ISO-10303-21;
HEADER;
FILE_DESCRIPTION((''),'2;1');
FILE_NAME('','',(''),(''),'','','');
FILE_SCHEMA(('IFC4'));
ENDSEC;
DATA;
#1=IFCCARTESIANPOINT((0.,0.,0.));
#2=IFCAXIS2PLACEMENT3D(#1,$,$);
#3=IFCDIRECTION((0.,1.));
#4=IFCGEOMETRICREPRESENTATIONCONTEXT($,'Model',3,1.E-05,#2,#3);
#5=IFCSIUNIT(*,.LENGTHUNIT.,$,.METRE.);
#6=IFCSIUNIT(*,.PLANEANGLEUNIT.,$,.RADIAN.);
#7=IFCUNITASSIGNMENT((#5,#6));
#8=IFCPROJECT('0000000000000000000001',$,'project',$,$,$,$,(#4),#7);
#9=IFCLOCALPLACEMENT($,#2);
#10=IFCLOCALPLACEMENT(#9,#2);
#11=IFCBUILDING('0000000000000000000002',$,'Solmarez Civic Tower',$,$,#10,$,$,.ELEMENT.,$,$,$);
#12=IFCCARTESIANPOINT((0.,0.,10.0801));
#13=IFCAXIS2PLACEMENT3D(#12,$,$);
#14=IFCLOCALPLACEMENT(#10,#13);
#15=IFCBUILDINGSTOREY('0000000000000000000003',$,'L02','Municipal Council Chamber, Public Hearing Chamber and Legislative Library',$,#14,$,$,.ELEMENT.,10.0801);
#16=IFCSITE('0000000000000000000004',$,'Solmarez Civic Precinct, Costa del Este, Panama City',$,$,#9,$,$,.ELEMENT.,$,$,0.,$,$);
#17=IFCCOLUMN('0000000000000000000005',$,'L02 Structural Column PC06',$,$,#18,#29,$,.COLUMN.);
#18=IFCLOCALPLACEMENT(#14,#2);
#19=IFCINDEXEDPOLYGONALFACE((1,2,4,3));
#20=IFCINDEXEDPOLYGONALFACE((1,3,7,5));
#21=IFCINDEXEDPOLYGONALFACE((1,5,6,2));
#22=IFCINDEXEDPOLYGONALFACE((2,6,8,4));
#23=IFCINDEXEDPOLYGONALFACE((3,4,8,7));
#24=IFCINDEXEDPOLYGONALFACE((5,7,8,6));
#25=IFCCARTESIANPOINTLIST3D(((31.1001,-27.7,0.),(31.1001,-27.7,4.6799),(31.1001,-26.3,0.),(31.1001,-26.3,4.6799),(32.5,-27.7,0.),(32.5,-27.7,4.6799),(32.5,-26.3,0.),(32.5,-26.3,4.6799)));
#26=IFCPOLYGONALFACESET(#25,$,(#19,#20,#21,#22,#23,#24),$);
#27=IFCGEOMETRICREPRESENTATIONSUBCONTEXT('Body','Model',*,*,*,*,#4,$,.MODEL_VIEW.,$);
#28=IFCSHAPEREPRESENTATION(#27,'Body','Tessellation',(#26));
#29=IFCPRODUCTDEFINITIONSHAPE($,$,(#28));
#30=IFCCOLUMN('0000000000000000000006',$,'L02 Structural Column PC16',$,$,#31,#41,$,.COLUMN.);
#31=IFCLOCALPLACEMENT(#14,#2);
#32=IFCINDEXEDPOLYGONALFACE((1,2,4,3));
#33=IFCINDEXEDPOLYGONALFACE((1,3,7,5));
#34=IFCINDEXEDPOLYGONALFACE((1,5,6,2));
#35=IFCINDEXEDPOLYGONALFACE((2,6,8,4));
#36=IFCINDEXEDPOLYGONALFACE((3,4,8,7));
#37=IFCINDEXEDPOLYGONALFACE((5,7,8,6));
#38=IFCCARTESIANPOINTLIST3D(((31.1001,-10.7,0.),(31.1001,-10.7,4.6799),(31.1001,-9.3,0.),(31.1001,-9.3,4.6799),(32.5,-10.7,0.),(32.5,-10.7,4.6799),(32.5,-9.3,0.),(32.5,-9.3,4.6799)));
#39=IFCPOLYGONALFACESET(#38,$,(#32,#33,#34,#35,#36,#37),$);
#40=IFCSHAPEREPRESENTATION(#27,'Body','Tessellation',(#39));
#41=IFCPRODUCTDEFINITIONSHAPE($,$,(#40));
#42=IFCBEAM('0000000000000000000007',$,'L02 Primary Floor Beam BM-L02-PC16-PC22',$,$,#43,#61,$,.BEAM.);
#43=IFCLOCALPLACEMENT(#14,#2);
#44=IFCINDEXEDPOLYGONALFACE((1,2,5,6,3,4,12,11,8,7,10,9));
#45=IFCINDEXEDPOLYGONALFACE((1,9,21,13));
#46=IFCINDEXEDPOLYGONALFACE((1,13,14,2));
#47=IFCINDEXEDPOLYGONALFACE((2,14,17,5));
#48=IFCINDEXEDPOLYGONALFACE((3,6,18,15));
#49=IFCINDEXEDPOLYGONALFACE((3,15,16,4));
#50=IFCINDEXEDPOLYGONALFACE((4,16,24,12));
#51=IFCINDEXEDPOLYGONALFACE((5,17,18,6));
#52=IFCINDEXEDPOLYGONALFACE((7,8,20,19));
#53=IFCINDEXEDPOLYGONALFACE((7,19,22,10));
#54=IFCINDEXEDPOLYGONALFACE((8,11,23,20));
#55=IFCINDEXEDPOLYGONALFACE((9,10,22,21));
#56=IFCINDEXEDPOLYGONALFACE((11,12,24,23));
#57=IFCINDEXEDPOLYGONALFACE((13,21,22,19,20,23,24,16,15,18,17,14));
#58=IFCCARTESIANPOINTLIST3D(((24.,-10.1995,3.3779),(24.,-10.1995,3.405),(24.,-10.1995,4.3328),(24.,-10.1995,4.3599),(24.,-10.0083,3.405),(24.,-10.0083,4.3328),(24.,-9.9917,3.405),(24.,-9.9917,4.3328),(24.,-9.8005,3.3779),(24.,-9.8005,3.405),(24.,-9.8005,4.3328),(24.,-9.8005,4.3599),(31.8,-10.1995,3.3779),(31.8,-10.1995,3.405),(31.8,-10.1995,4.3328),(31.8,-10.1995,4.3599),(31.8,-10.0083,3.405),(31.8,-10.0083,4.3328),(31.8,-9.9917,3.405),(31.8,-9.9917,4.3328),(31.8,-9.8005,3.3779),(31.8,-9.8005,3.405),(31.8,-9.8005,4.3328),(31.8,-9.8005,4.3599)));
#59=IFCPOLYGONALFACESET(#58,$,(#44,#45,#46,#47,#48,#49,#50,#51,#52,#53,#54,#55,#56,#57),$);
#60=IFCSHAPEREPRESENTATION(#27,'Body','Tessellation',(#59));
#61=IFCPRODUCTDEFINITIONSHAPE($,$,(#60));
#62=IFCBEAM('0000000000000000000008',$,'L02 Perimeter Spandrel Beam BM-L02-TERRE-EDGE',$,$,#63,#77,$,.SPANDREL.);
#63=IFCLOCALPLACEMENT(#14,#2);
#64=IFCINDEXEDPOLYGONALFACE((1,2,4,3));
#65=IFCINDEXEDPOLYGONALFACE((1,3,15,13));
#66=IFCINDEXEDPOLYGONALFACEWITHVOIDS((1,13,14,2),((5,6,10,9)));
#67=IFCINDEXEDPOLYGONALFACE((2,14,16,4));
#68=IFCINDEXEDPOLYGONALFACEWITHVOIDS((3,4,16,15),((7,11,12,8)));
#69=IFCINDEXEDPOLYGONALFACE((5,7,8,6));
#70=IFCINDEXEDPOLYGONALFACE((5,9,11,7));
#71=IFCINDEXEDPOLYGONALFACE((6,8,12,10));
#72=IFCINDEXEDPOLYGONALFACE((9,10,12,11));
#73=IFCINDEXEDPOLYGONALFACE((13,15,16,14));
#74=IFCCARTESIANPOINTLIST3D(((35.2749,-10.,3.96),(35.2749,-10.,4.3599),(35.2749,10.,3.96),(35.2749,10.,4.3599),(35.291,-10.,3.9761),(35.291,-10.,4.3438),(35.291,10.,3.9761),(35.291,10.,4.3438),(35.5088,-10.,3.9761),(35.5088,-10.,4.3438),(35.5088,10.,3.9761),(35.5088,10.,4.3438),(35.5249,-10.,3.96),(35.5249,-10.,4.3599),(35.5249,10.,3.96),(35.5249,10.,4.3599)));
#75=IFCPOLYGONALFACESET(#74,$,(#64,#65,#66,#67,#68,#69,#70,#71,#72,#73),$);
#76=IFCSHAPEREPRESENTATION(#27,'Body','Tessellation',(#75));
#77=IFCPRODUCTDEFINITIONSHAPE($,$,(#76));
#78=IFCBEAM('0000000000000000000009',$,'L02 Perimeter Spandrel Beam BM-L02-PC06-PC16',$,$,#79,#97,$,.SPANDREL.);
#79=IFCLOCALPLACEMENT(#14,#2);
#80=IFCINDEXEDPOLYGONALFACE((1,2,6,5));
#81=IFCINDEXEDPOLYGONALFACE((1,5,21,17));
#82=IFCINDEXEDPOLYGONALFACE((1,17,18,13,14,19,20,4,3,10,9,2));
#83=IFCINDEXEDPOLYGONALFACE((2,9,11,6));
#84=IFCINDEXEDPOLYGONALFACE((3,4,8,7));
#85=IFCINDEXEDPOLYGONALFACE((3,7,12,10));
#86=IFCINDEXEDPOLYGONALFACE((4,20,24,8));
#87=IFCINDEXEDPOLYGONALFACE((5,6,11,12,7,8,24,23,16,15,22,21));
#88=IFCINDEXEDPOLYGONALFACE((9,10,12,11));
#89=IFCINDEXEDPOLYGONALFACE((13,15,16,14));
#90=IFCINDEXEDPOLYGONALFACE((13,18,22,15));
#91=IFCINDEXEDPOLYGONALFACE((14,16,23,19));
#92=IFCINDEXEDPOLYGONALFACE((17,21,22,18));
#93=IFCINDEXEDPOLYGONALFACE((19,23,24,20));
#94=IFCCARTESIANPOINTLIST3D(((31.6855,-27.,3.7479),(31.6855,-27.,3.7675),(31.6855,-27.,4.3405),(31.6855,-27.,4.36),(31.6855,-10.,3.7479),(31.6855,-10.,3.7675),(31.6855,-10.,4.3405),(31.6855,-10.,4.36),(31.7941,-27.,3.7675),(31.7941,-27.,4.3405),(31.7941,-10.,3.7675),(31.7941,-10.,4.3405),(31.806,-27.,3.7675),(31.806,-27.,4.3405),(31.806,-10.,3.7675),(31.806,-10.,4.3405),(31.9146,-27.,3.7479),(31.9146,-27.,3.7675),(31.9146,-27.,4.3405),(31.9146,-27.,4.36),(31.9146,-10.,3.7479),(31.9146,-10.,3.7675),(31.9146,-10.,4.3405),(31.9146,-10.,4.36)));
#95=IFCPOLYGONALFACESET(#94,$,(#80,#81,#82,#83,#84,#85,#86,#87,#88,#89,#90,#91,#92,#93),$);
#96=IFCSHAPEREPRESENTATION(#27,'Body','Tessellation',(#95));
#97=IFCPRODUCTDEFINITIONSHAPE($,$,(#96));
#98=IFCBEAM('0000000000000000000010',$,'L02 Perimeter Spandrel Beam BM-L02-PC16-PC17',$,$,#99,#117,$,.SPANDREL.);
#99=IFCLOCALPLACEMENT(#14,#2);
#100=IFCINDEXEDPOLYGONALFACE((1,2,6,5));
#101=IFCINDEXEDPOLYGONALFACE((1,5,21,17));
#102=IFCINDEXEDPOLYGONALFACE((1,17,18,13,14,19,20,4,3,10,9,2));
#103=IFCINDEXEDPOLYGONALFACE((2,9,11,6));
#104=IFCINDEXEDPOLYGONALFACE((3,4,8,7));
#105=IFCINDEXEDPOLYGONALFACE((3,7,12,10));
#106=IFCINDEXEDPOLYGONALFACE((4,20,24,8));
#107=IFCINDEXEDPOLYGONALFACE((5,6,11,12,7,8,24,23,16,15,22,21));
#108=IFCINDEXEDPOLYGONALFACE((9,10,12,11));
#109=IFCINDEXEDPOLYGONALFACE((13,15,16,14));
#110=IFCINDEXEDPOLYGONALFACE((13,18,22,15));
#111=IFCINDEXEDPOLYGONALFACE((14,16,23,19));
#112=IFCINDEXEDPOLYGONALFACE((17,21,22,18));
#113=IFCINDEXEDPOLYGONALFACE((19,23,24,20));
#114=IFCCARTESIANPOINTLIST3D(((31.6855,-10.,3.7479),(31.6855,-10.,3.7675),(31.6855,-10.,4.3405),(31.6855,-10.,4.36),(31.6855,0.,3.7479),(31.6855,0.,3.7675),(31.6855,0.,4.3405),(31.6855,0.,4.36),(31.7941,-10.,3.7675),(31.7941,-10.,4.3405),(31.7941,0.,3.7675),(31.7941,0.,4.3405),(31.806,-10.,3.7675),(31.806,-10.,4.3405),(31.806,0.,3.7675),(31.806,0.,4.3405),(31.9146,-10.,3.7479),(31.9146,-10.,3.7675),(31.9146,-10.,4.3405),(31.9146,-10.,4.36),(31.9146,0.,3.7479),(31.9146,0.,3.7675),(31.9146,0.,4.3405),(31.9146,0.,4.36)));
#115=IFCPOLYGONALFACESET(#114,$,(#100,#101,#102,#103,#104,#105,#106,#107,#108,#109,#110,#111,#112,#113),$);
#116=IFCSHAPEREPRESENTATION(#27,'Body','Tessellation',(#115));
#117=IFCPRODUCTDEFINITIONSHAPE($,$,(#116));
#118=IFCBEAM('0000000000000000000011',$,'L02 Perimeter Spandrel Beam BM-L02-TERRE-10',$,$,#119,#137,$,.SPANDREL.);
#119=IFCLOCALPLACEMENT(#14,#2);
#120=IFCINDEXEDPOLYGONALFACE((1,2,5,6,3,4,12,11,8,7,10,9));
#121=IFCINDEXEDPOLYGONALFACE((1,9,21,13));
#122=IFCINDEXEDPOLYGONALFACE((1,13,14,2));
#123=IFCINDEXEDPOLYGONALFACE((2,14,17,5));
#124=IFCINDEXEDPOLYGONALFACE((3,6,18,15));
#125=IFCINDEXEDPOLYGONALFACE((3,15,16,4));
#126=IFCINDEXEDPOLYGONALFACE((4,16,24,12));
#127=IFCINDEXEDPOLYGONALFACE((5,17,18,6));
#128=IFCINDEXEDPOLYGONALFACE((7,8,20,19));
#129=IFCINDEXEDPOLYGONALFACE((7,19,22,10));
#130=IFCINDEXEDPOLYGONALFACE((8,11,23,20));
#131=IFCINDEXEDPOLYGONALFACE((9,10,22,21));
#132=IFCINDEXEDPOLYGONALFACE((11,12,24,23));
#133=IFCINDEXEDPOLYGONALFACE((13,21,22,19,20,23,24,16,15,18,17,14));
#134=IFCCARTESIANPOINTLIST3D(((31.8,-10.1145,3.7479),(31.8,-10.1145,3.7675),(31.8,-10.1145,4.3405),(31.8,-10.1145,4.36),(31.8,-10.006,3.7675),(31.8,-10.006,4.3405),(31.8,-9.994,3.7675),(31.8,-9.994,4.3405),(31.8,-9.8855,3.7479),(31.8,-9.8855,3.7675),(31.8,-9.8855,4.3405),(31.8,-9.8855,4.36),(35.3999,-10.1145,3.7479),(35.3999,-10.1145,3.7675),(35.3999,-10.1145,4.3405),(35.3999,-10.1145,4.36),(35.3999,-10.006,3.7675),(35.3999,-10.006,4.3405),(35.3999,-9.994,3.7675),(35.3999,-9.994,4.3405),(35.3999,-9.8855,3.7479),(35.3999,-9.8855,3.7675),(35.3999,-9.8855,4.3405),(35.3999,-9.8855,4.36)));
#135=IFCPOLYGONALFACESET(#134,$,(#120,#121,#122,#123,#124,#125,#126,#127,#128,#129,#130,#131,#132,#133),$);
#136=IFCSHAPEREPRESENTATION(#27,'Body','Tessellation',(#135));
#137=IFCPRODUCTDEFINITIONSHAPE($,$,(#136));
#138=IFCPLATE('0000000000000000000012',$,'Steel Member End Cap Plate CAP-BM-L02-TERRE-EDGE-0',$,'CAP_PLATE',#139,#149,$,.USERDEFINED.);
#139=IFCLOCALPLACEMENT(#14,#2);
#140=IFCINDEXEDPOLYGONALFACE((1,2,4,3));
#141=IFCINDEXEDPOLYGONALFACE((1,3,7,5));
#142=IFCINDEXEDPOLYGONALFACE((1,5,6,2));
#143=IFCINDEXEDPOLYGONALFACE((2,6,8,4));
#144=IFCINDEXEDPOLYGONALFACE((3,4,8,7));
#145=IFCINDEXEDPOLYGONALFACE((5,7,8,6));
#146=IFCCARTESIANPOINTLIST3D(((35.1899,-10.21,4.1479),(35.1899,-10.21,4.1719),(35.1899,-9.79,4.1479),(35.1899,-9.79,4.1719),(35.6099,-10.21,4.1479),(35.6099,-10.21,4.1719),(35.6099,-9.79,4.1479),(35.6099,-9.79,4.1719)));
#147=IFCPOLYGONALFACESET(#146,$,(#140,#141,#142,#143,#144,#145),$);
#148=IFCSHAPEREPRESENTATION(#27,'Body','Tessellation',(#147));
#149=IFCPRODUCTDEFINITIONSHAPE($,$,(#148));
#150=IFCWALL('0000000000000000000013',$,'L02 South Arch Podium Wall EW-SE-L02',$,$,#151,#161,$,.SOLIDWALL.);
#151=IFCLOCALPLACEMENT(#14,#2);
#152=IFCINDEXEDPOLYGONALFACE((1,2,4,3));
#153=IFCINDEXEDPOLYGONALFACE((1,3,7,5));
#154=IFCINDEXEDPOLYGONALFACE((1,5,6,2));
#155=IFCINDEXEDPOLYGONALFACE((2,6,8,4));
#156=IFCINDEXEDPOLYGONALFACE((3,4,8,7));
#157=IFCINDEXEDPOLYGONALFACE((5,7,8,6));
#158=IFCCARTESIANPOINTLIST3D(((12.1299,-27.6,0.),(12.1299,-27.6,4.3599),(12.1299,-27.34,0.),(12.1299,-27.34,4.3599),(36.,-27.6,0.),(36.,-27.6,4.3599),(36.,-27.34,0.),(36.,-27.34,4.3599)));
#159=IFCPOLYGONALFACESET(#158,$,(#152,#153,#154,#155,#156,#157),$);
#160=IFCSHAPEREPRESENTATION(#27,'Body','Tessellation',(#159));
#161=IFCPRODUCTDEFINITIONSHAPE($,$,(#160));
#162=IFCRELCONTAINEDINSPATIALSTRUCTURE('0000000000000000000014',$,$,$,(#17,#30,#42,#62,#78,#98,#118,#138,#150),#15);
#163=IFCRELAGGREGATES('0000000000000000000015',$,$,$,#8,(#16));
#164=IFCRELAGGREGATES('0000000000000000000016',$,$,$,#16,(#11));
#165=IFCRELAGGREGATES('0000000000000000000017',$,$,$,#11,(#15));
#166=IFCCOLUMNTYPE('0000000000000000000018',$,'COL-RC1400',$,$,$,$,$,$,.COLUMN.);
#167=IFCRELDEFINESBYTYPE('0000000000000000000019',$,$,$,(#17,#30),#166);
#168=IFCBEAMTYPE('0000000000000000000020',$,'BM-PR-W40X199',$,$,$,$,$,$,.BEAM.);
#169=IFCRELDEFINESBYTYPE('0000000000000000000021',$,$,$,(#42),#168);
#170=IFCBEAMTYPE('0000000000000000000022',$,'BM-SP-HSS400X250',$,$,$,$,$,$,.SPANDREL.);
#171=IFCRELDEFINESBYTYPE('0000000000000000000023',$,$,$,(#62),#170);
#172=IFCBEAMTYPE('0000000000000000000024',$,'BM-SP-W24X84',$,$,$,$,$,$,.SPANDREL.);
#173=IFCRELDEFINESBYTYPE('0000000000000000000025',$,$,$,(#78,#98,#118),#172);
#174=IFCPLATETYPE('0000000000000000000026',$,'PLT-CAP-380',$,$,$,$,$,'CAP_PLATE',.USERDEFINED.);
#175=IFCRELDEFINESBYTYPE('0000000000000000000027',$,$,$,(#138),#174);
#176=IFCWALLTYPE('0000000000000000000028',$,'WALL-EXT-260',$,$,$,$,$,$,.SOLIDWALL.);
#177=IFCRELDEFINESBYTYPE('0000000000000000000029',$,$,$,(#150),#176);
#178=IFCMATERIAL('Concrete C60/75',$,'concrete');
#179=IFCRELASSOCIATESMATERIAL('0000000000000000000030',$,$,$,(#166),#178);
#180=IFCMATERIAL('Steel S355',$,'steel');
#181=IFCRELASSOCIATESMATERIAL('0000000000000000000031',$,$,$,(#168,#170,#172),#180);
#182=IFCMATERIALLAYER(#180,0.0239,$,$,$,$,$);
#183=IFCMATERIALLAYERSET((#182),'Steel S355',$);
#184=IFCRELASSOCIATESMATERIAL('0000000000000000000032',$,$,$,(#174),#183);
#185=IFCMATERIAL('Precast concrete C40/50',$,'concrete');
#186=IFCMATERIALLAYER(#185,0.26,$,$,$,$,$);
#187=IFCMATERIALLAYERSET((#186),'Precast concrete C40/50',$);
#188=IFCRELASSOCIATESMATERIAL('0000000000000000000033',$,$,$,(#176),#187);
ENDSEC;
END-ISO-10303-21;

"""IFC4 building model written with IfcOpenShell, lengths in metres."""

from ifc_helpers import new_model, si_unit, direction, frame, frame_2d, origin, origin_2d, place, context, subcontext, project, spatial, rectangle, hollow_rectangle, i_section, extrude, material, layer, layer_set, material_profile, profile_set, type_object, element, save


model = new_model("IFC4")

# Units and contexts
model_context = context("Model", 3, precision=1e-05, world=origin(), true_north=direction((0.0, 1.0)))
body_context = subcontext(model_context, "Body", "Model", "MODEL_VIEW")
ifc_project = project(units=[si_unit("LENGTHUNIT", "METRE"), si_unit("PLANEANGLEUNIT", "RADIAN")], contexts=[model_context])

# Site, building, storey
site_placement = place(None, origin())
site = spatial("IfcSite", under=ifc_project, at=site_placement, Name="Solmarez Civic Precinct, Costa del Este, Panama City", CompositionType="ELEMENT", RefElevation=0.0)
building_placement = place(site_placement, origin())
building = spatial("IfcBuilding", under=site, at=building_placement, Name="Solmarez Civic Tower", CompositionType="ELEMENT")
storey_placement = place(building_placement, frame((0.0, 0.0, 10.0801)))
storey = spatial("IfcBuildingStorey", under=building, at=storey_placement, Name="L02", Description="Municipal Council Chamber, Public Hearing Chamber and Legislative Library", CompositionType="ELEMENT", Elevation=10.0801)

# Columns
ifc_material_1 = material(Name="Concrete C60/75", Category="concrete")
ifc_material_profile_1 = material_profile(ifc_material_1, rectangle(XDim=1.3999, YDim=1.3999, at=origin_2d()), Name="RC1400X1400")
ifc_profile_set_1 = profile_set([ifc_material_profile_1], Name="Concrete C60/75")
column_type = type_object("IfcColumnType", Name="COL-RC1400", PredefinedType="COLUMN", material=ifc_profile_set_1)
for number, where, z_axis, x_axis, name in (
    (1, (31.8, -27.0, 0.0), (0.0, 0.0, 1.0), (1.0, 0.0, 0.0), "L02 Structural Column PC06"),
    (2, (31.8, -10.0, 0.0), (0.0, 0.0, 1.0), (1.0, 0.0, 0.0), "L02 Structural Column PC16"),
):
    element("IfcColumn", number, at=place(storey_placement, frame(where, z_axis=z_axis, x_axis=x_axis)), inside=storey, type_object=column_type, Name=name, PredefinedType="COLUMN", context=body_context, shape_type="SweptSolid", body=[
        extrude(rectangle(XDim=1.3999, YDim=1.3999, at=origin_2d()), origin(), (0.0, 0.0, 1.0), 4.6799),
    ])

# Beams
ifc_material_2 = material(Name="Steel S355", Category="steel")
ifc_material_profile_2 = material_profile(ifc_material_2, i_section(OverallWidth=0.3989, OverallDepth=0.9819, WebThickness=0.0166, FlangeThickness=0.0271, at=origin_2d()), Name="W40X199")
ifc_profile_set_2 = profile_set([ifc_material_profile_2], Name="Steel S355")
beam_type_1 = type_object("IfcBeamType", Name="BM-PR-W40X199", PredefinedType="BEAM", material=ifc_profile_set_2)
beam_1_placement = place(storey_placement, frame((31.8, -10.0, 3.8689), z_axis=(-1.0, 0.0, 0.0), x_axis=(0.0, -1.0, 0.0)))
element("IfcBeam", 3, at=beam_1_placement, inside=storey, type_object=beam_type_1, Name="L02 Primary Floor Beam BM-L02-PC16-PC22", PredefinedType="BEAM", context=body_context, shape_type="SweptSolid", body=[
    extrude(i_section(OverallWidth=0.3989, OverallDepth=0.9819, WebThickness=0.0166, FlangeThickness=0.0271, at=origin_2d()), origin(), (0.0, 0.0, 1.0), 7.8),
])
ifc_material_profile_3 = material_profile(ifc_material_2, hollow_rectangle(XDim=0.25, YDim=0.3999, WallThickness=0.0161, at=origin_2d()), Name="HSS400X250X16")
ifc_profile_set_3 = profile_set([ifc_material_profile_3], Name="Steel S355")
beam_type_2 = type_object("IfcBeamType", Name="BM-SP-HSS400X250", PredefinedType="SPANDREL", material=ifc_profile_set_3)
beam_2_placement = place(storey_placement, frame((35.3999, -10.0, 4.1599), z_axis=(0.0, 1.0, 0.0), x_axis=(-1.0, 0.0, 0.0)))
element("IfcBeam", 4, at=beam_2_placement, inside=storey, type_object=beam_type_2, Name="L02 Perimeter Spandrel Beam BM-L02-TERRE-EDGE", PredefinedType="SPANDREL", context=body_context, shape_type="SweptSolid", body=[
    extrude(hollow_rectangle(XDim=0.25, YDim=0.3999, WallThickness=0.0161, at=origin_2d()), origin(), (0.0, 0.0, 1.0), 20.0),
])
ifc_material_profile_4 = material_profile(ifc_material_2, i_section(OverallWidth=0.229, OverallDepth=0.6121, WebThickness=0.012, FlangeThickness=0.0195, at=origin_2d()), Name="W24X84")
ifc_profile_set_4 = profile_set([ifc_material_profile_4], Name="Steel S355")
beam_type_3 = type_object("IfcBeamType", Name="BM-SP-W24X84", PredefinedType="SPANDREL", material=ifc_profile_set_4)
beam_3_placement = place(storey_placement, frame((31.8, -27.0, 4.054), z_axis=(0.0, 1.0, 0.0), x_axis=(-1.0, 0.0, 0.0)))
element("IfcBeam", 5, at=beam_3_placement, inside=storey, type_object=beam_type_3, Name="L02 Perimeter Spandrel Beam BM-L02-PC06-PC16", PredefinedType="SPANDREL", context=body_context, shape_type="SweptSolid", body=[
    extrude(i_section(OverallWidth=0.229, OverallDepth=0.6121, WebThickness=0.012, FlangeThickness=0.0195, at=origin_2d()), origin(), (0.0, 0.0, 1.0), 17.0),
])
beam_4_placement = place(storey_placement, frame((31.8, -10.0, 4.054), z_axis=(0.0, 1.0, 0.0), x_axis=(-1.0, 0.0, 0.0)))
element("IfcBeam", 6, at=beam_4_placement, inside=storey, type_object=beam_type_3, Name="L02 Perimeter Spandrel Beam BM-L02-PC16-PC17", PredefinedType="SPANDREL", context=body_context, shape_type="SweptSolid", body=[
    extrude(i_section(OverallWidth=0.229, OverallDepth=0.6121, WebThickness=0.012, FlangeThickness=0.0195, at=origin_2d()), origin(), (0.0, 0.0, 1.0), 10.0),
])
beam_5_placement = place(storey_placement, frame((31.8, -10.0, 4.054), z_axis=(1.0, 0.0, 0.0), x_axis=(0.0, 1.0, 0.0)))
element("IfcBeam", 7, at=beam_5_placement, inside=storey, type_object=beam_type_3, Name="L02 Perimeter Spandrel Beam BM-L02-TERRE-10", PredefinedType="SPANDREL", context=body_context, shape_type="SweptSolid", body=[
    extrude(i_section(OverallWidth=0.229, OverallDepth=0.6121, WebThickness=0.012, FlangeThickness=0.0195, at=origin_2d()), origin(), (0.0, 0.0, 1.0), 3.5999),
])

# Plate
ifc_layer_1 = layer(ifc_material_2, 0.0239)
ifc_layer_set_1 = layer_set([ifc_layer_1], Name="Steel S355")
plate_type = type_object("IfcPlateType", Name="PLT-CAP-380", ElementType="CAP_PLATE", PredefinedType="USERDEFINED", material=ifc_layer_set_1)
plate_placement = place(storey_placement, frame((35.3999, -10.0, 4.1479), z_axis=(0.0, 0.0, 1.0), x_axis=(1.0, 0.0, 0.0)))
element("IfcPlate", 8, at=plate_placement, inside=storey, type_object=plate_type, Name="Steel Member End Cap Plate CAP-BM-L02-TERRE-EDGE-0", ObjectType="CAP_PLATE", PredefinedType="USERDEFINED", context=body_context, shape_type="SweptSolid", body=[
    extrude(rectangle(XDim=0.4199, YDim=0.4199, at=origin_2d()), origin(), (0.0, 0.0, 1.0), 0.0239),
])

# Wall
ifc_material_3 = material(Name="Precast concrete C40/50", Category="concrete")
ifc_layer_2 = layer(ifc_material_3, 0.26)
ifc_layer_set_2 = layer_set([ifc_layer_2], Name="Precast concrete C40/50")
wall_type_1 = type_object("IfcWallType", Name="WALL-EXT-260", PredefinedType="SOLIDWALL", material=ifc_layer_set_2)
wall_1_placement = place(storey_placement, frame((36.0, -27.47, 0.0), z_axis=(0.0, 0.0, 1.0), x_axis=(-1.0, 0.0, 0.0)))
element("IfcWall", 9, at=wall_1_placement, inside=storey, type_object=wall_type_1, Name="L02 South Arch Podium Wall EW-SE-L02", PredefinedType="SOLIDWALL", context=body_context, shape_type="SweptSolid", body=[
    extrude(rectangle(XDim=23.8701, YDim=0.26, at=frame_2d((11.9351, 0.0))), origin(), (0.0, 0.0, 1.0), 4.3599),
])

save(model, "model.ifc")
